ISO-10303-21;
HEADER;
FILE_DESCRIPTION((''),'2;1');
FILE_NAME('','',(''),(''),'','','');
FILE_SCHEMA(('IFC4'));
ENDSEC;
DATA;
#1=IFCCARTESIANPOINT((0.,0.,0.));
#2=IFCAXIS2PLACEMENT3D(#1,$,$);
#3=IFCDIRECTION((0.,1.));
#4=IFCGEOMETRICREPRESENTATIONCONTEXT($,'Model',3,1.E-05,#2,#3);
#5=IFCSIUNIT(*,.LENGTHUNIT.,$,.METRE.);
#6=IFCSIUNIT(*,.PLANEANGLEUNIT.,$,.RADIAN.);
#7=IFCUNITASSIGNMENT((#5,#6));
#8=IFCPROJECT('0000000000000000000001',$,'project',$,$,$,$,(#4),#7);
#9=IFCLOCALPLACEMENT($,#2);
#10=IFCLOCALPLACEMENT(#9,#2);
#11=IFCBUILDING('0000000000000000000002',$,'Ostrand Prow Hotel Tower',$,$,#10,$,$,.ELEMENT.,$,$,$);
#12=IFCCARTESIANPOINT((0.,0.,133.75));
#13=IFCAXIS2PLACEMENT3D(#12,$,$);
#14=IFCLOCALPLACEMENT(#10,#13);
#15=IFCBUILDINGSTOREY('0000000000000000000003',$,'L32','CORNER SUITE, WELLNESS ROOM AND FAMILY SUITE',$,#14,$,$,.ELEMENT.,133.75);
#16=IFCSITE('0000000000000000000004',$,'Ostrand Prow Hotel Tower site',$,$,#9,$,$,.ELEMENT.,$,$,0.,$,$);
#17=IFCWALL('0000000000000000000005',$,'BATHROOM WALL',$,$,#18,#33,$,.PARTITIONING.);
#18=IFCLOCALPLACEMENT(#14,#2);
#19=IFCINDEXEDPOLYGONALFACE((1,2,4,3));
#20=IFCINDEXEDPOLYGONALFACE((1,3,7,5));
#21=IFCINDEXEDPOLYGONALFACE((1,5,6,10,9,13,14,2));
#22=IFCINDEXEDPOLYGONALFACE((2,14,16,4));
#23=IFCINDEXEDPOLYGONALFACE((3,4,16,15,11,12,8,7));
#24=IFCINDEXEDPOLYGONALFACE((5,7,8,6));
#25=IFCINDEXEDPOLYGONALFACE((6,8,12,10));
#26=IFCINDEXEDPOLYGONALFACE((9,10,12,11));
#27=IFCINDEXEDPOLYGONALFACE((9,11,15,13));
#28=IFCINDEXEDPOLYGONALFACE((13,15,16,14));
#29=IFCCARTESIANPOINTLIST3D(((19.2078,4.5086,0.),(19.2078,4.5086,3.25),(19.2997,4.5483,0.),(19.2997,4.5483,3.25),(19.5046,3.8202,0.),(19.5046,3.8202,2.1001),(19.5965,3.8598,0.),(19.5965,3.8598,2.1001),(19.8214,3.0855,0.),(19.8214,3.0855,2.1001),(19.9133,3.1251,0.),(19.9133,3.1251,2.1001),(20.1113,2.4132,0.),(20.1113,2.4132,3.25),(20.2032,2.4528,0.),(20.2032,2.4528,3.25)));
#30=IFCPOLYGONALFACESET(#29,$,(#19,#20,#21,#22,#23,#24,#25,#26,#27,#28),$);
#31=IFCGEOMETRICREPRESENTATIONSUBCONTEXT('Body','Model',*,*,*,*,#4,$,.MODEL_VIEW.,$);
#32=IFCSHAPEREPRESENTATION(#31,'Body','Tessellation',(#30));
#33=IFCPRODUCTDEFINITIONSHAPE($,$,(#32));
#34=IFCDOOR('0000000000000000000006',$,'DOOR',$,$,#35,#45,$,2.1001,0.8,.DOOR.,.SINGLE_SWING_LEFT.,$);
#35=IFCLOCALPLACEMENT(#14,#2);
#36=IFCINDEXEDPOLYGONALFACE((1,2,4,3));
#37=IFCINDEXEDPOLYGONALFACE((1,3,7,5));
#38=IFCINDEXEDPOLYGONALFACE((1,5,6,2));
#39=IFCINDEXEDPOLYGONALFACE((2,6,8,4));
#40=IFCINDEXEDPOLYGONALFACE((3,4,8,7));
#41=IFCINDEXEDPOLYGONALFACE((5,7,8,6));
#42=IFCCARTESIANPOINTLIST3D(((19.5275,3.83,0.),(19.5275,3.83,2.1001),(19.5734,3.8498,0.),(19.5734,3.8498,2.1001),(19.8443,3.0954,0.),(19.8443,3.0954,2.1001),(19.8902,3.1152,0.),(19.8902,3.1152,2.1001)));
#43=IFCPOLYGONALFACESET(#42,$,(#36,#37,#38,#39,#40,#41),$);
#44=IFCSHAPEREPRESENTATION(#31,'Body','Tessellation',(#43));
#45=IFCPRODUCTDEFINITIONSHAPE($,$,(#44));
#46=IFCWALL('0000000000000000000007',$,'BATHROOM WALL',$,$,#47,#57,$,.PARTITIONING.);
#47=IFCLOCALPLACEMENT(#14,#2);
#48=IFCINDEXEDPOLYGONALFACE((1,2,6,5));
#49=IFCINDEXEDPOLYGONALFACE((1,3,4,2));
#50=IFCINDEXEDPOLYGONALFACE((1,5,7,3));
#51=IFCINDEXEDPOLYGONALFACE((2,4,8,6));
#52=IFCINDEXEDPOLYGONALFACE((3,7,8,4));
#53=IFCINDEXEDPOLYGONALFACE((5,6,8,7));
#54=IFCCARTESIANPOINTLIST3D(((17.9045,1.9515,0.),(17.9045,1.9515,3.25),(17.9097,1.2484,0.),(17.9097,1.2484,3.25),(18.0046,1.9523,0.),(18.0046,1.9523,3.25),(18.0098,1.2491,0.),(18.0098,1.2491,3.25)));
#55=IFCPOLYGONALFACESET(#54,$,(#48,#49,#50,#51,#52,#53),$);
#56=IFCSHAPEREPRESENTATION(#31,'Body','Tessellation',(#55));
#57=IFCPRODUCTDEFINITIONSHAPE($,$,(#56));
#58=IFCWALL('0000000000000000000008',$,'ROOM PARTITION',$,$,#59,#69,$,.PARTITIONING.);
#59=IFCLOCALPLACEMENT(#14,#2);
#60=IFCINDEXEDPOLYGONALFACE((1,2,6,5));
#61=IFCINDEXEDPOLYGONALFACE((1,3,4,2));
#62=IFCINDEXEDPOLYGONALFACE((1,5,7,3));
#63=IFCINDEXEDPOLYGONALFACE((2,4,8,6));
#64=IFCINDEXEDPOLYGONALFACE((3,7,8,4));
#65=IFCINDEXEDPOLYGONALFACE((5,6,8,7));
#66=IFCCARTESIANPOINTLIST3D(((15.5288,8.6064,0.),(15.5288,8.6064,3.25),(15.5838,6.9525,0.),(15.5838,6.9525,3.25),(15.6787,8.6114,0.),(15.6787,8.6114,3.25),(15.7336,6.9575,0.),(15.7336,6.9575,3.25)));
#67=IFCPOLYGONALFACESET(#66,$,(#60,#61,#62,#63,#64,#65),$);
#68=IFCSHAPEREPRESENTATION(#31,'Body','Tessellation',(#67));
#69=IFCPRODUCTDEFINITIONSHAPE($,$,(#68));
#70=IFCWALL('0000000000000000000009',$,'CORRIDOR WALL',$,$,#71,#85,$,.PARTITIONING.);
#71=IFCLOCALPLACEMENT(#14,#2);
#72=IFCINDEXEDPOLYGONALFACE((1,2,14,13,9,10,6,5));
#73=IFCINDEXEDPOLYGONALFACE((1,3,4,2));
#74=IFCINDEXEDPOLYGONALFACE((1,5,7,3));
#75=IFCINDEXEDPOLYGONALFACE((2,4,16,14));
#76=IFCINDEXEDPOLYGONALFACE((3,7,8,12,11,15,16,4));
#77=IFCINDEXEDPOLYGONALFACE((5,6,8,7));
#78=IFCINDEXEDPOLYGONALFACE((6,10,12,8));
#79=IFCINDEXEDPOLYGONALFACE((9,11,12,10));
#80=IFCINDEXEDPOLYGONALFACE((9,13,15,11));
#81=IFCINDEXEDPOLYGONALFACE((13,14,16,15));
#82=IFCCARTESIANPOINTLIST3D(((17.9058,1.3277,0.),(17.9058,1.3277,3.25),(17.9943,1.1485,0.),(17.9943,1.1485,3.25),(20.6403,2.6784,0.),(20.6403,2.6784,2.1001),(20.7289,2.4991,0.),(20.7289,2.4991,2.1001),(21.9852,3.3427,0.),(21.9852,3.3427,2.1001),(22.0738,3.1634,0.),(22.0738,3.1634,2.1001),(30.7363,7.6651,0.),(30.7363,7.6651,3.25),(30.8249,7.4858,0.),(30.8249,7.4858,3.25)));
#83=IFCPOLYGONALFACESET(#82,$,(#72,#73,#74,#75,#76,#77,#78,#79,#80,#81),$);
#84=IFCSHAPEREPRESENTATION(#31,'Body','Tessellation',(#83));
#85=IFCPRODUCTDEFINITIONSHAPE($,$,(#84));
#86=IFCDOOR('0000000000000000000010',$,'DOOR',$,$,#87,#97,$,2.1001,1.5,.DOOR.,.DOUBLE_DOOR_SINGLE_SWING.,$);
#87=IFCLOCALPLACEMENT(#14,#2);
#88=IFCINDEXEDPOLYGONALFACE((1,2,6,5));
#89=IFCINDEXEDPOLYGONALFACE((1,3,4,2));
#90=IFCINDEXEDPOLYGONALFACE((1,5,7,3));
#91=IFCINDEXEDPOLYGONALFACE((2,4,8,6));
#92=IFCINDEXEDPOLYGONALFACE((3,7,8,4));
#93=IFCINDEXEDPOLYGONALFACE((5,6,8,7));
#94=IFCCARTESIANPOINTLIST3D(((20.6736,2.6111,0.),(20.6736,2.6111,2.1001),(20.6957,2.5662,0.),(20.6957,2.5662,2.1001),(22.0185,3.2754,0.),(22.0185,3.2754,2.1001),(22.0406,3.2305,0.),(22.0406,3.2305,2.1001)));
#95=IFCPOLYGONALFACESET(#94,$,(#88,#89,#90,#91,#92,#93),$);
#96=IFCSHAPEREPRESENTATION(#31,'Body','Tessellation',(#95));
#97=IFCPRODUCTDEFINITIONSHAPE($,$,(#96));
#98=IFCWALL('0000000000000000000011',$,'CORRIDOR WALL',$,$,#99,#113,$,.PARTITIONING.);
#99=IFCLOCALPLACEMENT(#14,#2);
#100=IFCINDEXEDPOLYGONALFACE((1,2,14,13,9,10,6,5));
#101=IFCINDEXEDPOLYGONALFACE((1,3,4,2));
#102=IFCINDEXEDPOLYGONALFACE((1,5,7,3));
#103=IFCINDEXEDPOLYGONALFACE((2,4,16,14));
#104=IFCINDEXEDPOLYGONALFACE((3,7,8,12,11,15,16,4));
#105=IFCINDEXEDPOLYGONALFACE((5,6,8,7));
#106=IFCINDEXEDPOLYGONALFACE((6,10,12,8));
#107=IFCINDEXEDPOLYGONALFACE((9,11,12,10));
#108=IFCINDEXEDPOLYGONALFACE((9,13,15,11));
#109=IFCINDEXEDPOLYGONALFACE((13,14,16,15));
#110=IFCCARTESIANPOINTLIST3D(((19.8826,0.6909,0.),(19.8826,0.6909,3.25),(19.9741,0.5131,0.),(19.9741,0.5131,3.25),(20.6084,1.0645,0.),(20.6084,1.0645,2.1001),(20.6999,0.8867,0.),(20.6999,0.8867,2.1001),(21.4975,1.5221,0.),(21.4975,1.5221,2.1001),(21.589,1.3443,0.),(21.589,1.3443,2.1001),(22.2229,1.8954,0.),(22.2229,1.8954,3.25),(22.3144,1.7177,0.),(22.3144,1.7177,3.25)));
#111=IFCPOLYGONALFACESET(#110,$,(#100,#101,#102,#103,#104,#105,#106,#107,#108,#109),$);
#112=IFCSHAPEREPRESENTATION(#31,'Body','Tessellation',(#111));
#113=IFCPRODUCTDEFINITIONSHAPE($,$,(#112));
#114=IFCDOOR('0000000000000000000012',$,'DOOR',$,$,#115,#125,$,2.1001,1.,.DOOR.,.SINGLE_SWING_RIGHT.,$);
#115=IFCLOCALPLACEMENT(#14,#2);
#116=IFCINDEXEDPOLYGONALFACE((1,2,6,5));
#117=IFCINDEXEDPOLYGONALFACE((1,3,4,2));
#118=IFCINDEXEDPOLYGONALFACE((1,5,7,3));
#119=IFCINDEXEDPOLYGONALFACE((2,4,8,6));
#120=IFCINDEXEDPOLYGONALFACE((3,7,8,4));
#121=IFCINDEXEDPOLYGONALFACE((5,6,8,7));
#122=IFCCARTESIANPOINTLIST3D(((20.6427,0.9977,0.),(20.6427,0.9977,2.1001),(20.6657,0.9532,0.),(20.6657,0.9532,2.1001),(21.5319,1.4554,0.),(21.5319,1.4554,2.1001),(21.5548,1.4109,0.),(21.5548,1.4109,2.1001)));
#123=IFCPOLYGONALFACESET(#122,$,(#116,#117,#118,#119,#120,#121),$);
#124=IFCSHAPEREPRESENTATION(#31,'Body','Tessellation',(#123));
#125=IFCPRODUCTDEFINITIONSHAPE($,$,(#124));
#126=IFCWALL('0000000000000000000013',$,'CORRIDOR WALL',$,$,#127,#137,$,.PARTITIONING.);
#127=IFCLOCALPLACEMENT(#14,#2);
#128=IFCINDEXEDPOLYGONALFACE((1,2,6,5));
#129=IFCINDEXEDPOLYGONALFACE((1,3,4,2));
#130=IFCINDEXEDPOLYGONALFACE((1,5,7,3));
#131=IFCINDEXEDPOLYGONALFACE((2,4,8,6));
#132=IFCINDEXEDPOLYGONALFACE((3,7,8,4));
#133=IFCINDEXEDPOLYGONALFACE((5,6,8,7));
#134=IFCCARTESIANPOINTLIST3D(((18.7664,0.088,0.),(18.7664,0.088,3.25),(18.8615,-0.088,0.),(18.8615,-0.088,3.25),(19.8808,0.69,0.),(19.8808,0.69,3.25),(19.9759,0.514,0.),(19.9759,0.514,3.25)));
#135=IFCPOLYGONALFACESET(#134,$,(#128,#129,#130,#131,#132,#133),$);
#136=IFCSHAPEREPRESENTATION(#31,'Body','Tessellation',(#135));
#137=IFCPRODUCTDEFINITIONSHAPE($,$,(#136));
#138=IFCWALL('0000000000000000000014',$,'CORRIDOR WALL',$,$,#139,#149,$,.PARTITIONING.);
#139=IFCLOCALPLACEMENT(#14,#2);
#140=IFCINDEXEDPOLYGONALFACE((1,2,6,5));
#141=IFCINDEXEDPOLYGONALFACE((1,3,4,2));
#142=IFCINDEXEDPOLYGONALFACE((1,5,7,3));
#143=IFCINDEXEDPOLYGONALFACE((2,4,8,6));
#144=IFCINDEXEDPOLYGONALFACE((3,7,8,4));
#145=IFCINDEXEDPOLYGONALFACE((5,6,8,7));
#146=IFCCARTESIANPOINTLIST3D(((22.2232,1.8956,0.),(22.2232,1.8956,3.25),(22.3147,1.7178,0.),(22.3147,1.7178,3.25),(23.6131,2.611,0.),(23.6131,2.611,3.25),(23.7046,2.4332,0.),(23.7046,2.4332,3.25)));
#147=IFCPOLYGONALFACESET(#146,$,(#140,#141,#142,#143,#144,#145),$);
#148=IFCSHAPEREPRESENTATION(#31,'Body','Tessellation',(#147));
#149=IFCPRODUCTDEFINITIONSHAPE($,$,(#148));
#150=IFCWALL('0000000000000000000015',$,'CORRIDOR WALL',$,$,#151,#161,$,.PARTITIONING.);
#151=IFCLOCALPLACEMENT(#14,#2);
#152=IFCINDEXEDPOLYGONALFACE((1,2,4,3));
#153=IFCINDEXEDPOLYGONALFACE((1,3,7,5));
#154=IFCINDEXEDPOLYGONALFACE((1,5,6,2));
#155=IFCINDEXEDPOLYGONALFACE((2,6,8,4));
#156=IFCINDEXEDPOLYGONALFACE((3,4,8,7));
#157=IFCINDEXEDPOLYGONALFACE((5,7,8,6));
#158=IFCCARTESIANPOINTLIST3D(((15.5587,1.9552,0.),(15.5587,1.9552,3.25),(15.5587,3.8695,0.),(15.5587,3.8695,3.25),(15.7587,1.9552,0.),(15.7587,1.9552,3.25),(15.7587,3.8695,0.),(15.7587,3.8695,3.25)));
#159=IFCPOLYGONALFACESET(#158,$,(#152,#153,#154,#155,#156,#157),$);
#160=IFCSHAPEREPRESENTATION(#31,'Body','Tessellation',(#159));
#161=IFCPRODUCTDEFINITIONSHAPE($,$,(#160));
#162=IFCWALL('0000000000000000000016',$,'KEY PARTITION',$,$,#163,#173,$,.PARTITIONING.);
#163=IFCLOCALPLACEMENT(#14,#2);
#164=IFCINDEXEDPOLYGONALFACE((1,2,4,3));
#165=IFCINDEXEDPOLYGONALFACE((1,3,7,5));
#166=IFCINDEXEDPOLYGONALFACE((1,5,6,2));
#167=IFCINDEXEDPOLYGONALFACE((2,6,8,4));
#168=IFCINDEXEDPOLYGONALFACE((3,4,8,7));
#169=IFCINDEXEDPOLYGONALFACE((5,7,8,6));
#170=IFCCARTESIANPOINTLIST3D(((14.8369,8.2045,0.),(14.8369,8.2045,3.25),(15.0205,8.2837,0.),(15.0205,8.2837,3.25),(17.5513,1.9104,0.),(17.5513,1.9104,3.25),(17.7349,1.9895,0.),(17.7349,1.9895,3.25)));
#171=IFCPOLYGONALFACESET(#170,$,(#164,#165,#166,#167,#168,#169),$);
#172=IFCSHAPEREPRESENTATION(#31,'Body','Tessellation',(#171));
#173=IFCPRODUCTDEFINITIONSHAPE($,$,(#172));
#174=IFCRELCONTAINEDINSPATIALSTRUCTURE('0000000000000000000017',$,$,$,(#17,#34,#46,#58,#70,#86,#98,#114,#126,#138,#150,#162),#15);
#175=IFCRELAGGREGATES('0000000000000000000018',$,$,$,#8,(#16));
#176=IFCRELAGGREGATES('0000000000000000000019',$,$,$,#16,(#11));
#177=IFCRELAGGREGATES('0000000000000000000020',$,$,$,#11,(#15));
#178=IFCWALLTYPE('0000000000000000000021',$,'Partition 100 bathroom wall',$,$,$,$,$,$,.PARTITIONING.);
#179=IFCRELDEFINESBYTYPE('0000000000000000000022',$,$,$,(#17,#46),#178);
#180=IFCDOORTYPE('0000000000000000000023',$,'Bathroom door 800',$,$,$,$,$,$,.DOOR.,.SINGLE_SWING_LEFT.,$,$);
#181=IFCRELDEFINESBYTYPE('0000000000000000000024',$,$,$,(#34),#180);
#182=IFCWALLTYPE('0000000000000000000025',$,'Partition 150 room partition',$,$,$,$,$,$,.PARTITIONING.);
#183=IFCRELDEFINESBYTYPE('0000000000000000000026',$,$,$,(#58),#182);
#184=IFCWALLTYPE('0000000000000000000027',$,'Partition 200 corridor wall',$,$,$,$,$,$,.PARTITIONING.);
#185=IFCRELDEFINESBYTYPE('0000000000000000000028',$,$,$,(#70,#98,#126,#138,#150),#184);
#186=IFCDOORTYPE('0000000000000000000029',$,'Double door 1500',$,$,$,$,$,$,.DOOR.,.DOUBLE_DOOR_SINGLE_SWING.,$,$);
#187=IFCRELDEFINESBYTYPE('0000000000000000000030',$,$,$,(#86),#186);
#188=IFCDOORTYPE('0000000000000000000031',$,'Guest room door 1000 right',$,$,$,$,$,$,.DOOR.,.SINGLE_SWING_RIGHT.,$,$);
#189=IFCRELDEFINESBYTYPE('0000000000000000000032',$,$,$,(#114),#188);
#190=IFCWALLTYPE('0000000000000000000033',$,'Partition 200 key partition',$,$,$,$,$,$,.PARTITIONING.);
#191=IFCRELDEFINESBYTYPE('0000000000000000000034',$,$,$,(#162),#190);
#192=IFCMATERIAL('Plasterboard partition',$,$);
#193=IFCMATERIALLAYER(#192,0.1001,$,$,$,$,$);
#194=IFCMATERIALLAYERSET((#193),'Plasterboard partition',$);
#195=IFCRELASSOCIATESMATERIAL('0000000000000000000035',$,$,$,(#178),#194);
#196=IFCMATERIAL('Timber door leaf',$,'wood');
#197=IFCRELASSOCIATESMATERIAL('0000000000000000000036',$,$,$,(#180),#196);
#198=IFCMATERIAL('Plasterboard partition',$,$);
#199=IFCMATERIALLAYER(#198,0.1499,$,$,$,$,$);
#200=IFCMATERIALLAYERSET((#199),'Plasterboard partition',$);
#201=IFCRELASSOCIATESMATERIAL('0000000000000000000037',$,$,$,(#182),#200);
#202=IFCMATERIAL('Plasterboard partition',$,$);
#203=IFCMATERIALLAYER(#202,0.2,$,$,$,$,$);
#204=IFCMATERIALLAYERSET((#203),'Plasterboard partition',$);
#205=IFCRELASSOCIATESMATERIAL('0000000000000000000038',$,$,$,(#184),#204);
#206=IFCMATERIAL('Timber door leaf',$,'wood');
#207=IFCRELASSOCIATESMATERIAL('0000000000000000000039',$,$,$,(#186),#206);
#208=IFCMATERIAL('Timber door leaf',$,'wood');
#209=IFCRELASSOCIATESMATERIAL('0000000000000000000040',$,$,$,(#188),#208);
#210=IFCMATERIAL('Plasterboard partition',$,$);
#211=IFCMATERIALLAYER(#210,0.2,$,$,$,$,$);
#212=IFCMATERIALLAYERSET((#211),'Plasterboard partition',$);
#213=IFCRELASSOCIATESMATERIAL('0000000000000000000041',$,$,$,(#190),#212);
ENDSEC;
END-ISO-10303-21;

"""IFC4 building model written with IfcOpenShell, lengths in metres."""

from ifc_helpers import new_model, si_unit, direction, frame, frame_2d, origin, place, context, subcontext, project, spatial, rectangle, extrude, material, layer, layer_set, type_object, element, fill, save


model = new_model("IFC4")

# Units and contexts
model_context = context("Model", 3, precision=1e-05, world=origin(), true_north=direction((0.0, 1.0)))
body_context = subcontext(model_context, "Body", "Model", "MODEL_VIEW")
ifc_project = project(units=[si_unit("LENGTHUNIT", "METRE"), si_unit("PLANEANGLEUNIT", "RADIAN")], contexts=[model_context])

# Site, building, storey
site_placement = place(None, origin())
site = spatial("IfcSite", under=ifc_project, at=site_placement, Name="Ostrand Prow Hotel Tower site", CompositionType="ELEMENT", RefElevation=0.0)
building_placement = place(site_placement, origin())
building = spatial("IfcBuilding", under=site, at=building_placement, Name="Ostrand Prow Hotel Tower", CompositionType="ELEMENT")
storey_placement = place(building_placement, frame((0.0, 0.0, 133.75)))
storey = spatial("IfcBuildingStorey", under=building, at=storey_placement, Name="L32", Description="CORNER SUITE, WELLNESS ROOM AND FAMILY SUITE", CompositionType="ELEMENT", Elevation=133.75)

# Shared definitions
ifc_material_1 = material(Name="Plasterboard partition")
ifc_layer_1 = layer(ifc_material_1, 0.1001)
ifc_layer_set_1 = layer_set([ifc_layer_1], Name="Plasterboard partition")
wall_type_1 = type_object("IfcWallType", Name="Partition 100 bathroom wall", PredefinedType="PARTITIONING", material=ifc_layer_set_1)

# Wall, opening, door
wall_1_placement = place(storey_placement, frame((19.2537, 4.5286, 0.0), z_axis=(0.0, 0.0, 1.0), x_axis=(0.395958, -0.918268, 0.0)))
wall_1 = element("IfcWall", 1, at=wall_1_placement, inside=storey, type_object=wall_type_1, Name="BATHROOM WALL", PredefinedType="PARTITIONING", context=body_context, shape_type="SweptSolid", body=[
    extrude(rectangle(XDim=2.282, YDim=0.1001, at=frame_2d((1.1411, 0.0))), origin(), (0.0, 0.0, 1.0), 3.25),
])
opening_1_placement = place(wall_1_placement, frame((0.75, 0.0, 0.0)))
opening_1 = element("IfcOpeningElement", 2, at=opening_1_placement, cuts=wall_1, PredefinedType="OPENING", context=body_context, shape_type="SweptSolid", body=[
    extrude(rectangle(XDim=0.8, YDim=2.1001, at=frame_2d((0.3999, 1.05))), frame((0.0, 0.0601, 0.0), z_axis=(0.0, -1.0, 0.0), x_axis=(1.0, 0.0, 0.0)), (0.0, 0.0, 1.0), 0.1201),
])
ifc_material_2 = material(Name="Timber door leaf", Category="wood")
door_type_1 = type_object("IfcDoorType", Name="Bathroom door 800", OperationType="SINGLE_SWING_LEFT", PredefinedType="DOOR", material=ifc_material_2)
door_1_placement = place(opening_1_placement, origin())
door_1 = element("IfcDoor", 3, at=door_1_placement, inside=storey, type_object=door_type_1, Name="DOOR", OperationType="SINGLE_SWING_LEFT", OverallHeight=2.1001, OverallWidth=0.8, PredefinedType="DOOR", context=body_context, shape_type="SweptSolid", body=[
    extrude(rectangle(XDim=0.8, YDim=2.1001, at=frame_2d((0.3999, 1.05))), frame((0.0, 0.0249, 0.0), z_axis=(0.0, -1.0, 0.0), x_axis=(1.0, 0.0, 0.0)), (0.0, 0.0, 1.0), 0.05),
])
fill(opening_1, door_1)

# Walls
wall_2_placement = place(storey_placement, frame((17.9597, 1.2488, 0.0), z_axis=(0.0, 0.0, 1.0), x_axis=(-0.007291, 0.999973, 0.0)))
element("IfcWall", 4, at=wall_2_placement, inside=storey, type_object=wall_type_1, Name="BATHROOM WALL", PredefinedType="PARTITIONING", context=body_context, shape_type="SweptSolid", body=[
    extrude(rectangle(XDim=0.7031, YDim=0.1001, at=frame_2d((0.3516, 0.0))), origin(), (0.0, 0.0, 1.0), 3.25),
])
ifc_material_3 = material(Name="Plasterboard partition")
ifc_layer_2 = layer(ifc_material_3, 0.1499)
ifc_layer_set_2 = layer_set([ifc_layer_2], Name="Plasterboard partition")
wall_type_2 = type_object("IfcWallType", Name="Partition 150 room partition", PredefinedType="PARTITIONING", material=ifc_layer_set_2)
wall_3_placement = place(storey_placement, frame((15.6038, 8.6089, 0.0), z_axis=(0.0, 0.0, 1.0), x_axis=(0.033197, -0.999449, 0.0)))
element("IfcWall", 5, at=wall_3_placement, inside=storey, type_object=wall_type_2, Name="ROOM PARTITION", PredefinedType="PARTITIONING", context=body_context, shape_type="SweptSolid", body=[
    extrude(rectangle(XDim=1.6548, YDim=0.1499, at=frame_2d((0.8274, 0.0))), origin(), (0.0, 0.0, 1.0), 3.25),
])

# Walls, openings, doors
ifc_material_4 = material(Name="Plasterboard partition")
ifc_layer_3 = layer(ifc_material_4, 0.2)
ifc_layer_set_3 = layer_set([ifc_layer_3], Name="Plasterboard partition")
wall_type_3 = type_object("IfcWallType", Name="Partition 200 corridor wall", PredefinedType="PARTITIONING", material=ifc_layer_set_3)
wall_4_placement = place(storey_placement, frame((17.95, 1.238, 0.0), z_axis=(0.0, 0.0, 1.0), x_axis=(0.896594, 0.442854, 0.0)))
wall_4 = element("IfcWall", 6, at=wall_4_placement, inside=storey, type_object=wall_type_3, Name="CORRIDOR WALL", PredefinedType="PARTITIONING", context=body_context, shape_type="SweptSolid", body=[
    extrude(rectangle(XDim=14.3103, YDim=0.2, at=frame_2d((7.1553, 0.0))), origin(), (0.0, 0.0, 1.0), 3.25),
])
opening_2_placement = place(wall_4_placement, frame((3.05, 0.0, 0.0)))
opening_2 = element("IfcOpeningElement", 7, at=opening_2_placement, cuts=wall_4, PredefinedType="OPENING", context=body_context, shape_type="SweptSolid", body=[
    extrude(rectangle(XDim=1.5, YDim=2.1001, at=frame_2d((0.75, 1.05))), frame((0.0, 0.1099, 0.0), z_axis=(0.0, -1.0, 0.0), x_axis=(1.0, 0.0, 0.0)), (0.0, 0.0, 1.0), 0.22),
])
ifc_material_5 = material(Name="Timber door leaf", Category="wood")
door_type_2 = type_object("IfcDoorType", Name="Double door 1500", OperationType="DOUBLE_DOOR_SINGLE_SWING", PredefinedType="DOOR", material=ifc_material_5)
door_2_placement = place(opening_2_placement, origin())
door_2 = element("IfcDoor", 8, at=door_2_placement, inside=storey, type_object=door_type_2, Name="DOOR", OperationType="DOUBLE_DOOR_SINGLE_SWING", OverallHeight=2.1001, OverallWidth=1.5, PredefinedType="DOOR", context=body_context, shape_type="SweptSolid", body=[
    extrude(rectangle(XDim=1.5, YDim=2.1001, at=frame_2d((0.75, 1.05))), frame((0.0, 0.0249, 0.0), z_axis=(0.0, -1.0, 0.0), x_axis=(1.0, 0.0, 0.0)), (0.0, 0.0, 1.0), 0.05),
])
fill(opening_2, door_2)
wall_5_placement = place(storey_placement, frame((19.9285, 0.6021, 0.0), z_axis=(0.0, 0.0, 1.0), x_axis=(0.889135, 0.457646, 0.0)))
wall_5 = element("IfcWall", 9, at=wall_5_placement, inside=storey, type_object=wall_type_3, Name="CORRIDOR WALL", PredefinedType="PARTITIONING", context=body_context, shape_type="SweptSolid", body=[
    extrude(rectangle(XDim=2.6321, YDim=0.2, at=frame_2d((1.3159, 0.0))), origin(), (0.0, 0.0, 1.0), 3.25),
])
opening_3_placement = place(wall_5_placement, frame((0.8162, 0.0, 0.0)))
opening_3 = element("IfcOpeningElement", 10, at=opening_3_placement, cuts=wall_5, PredefinedType="OPENING", context=body_context, shape_type="SweptSolid", body=[
    extrude(rectangle(XDim=1.0, YDim=2.1001, at=frame_2d((0.5, 1.05))), frame((0.0, 0.1099, 0.0), z_axis=(0.0, -1.0, 0.0), x_axis=(1.0, 0.0, 0.0)), (0.0, 0.0, 1.0), 0.22),
])
ifc_material_6 = material(Name="Timber door leaf", Category="wood")
door_type_3 = type_object("IfcDoorType", Name="Guest room door 1000 right", OperationType="SINGLE_SWING_RIGHT", PredefinedType="DOOR", material=ifc_material_6)
door_3_placement = place(opening_3_placement, origin())
door_3 = element("IfcDoor", 11, at=door_3_placement, inside=storey, type_object=door_type_3, Name="DOOR", OperationType="SINGLE_SWING_RIGHT", OverallHeight=2.1001, OverallWidth=1.0, PredefinedType="DOOR", context=body_context, shape_type="SweptSolid", body=[
    extrude(rectangle(XDim=1.0, YDim=2.1001, at=frame_2d((0.5, 1.05))), frame((0.0, 0.0249, 0.0), z_axis=(0.0, -1.0, 0.0), x_axis=(1.0, 0.0, 0.0)), (0.0, 0.0, 1.0), 0.05),
])
fill(opening_3, door_3)

# Walls
wall_6_placement = place(storey_placement, frame((18.814, 0.0, 0.0), z_axis=(0.0, 0.0, 1.0), x_axis=(0.879833, 0.475283, 0.0)))
element("IfcWall", 12, at=wall_6_placement, inside=storey, type_object=wall_type_3, Name="CORRIDOR WALL", PredefinedType="PARTITIONING", context=body_context, shape_type="SweptSolid", body=[
    extrude(rectangle(XDim=1.2666, YDim=0.2, at=frame_2d((0.6333, 0.0))), origin(), (0.0, 0.0, 1.0), 3.25),
])
wall_7_placement = place(storey_placement, frame((22.2688, 1.8066, 0.0), z_axis=(0.0, 0.0, 1.0), x_axis=(0.88915, 0.457616, 0.0)))
element("IfcWall", 13, at=wall_7_placement, inside=storey, type_object=wall_type_3, Name="CORRIDOR WALL", PredefinedType="PARTITIONING", context=body_context, shape_type="SweptSolid", body=[
    extrude(rectangle(XDim=1.5632, YDim=0.2, at=frame_2d((0.7817, 0.0))), origin(), (0.0, 0.0, 1.0), 3.25),
])
wall_8_placement = place(storey_placement, frame((15.6587, 3.8694, 0.0), z_axis=(0.0, 0.0, 1.0), x_axis=(0.0, -1.0, 0.0)))
element("IfcWall", 14, at=wall_8_placement, inside=storey, type_object=wall_type_3, Name="CORRIDOR WALL", PredefinedType="PARTITIONING", context=body_context, shape_type="SweptSolid", body=[
    extrude(rectangle(XDim=1.9143, YDim=0.2, at=frame_2d((0.957, 0.0))), origin(), (0.0, 0.0, 1.0), 3.25),
])
ifc_material_7 = material(Name="Plasterboard partition")
ifc_layer_4 = layer(ifc_material_7, 0.2)
ifc_layer_set_4 = layer_set([ifc_layer_4], Name="Plasterboard partition")
wall_type_4 = type_object("IfcWallType", Name="Partition 200 key partition", PredefinedType="PARTITIONING", material=ifc_layer_set_4)
wall_9_placement = place(storey_placement, frame((17.6431, 1.95, 0.0), z_axis=(0.0, 0.0, 1.0), x_axis=(-0.395995, 0.918253, 0.0)))
element("IfcWall", 15, at=wall_9_placement, inside=storey, type_object=wall_type_4, Name="KEY PARTITION", PredefinedType="PARTITIONING", context=body_context, shape_type="SweptSolid", body=[
    extrude(rectangle(XDim=6.8545, YDim=0.2, at=frame_2d((3.4272, 0.0))), origin(), (0.0, 0.0, 1.0), 3.25),
])

save(model, "model.ifc")
